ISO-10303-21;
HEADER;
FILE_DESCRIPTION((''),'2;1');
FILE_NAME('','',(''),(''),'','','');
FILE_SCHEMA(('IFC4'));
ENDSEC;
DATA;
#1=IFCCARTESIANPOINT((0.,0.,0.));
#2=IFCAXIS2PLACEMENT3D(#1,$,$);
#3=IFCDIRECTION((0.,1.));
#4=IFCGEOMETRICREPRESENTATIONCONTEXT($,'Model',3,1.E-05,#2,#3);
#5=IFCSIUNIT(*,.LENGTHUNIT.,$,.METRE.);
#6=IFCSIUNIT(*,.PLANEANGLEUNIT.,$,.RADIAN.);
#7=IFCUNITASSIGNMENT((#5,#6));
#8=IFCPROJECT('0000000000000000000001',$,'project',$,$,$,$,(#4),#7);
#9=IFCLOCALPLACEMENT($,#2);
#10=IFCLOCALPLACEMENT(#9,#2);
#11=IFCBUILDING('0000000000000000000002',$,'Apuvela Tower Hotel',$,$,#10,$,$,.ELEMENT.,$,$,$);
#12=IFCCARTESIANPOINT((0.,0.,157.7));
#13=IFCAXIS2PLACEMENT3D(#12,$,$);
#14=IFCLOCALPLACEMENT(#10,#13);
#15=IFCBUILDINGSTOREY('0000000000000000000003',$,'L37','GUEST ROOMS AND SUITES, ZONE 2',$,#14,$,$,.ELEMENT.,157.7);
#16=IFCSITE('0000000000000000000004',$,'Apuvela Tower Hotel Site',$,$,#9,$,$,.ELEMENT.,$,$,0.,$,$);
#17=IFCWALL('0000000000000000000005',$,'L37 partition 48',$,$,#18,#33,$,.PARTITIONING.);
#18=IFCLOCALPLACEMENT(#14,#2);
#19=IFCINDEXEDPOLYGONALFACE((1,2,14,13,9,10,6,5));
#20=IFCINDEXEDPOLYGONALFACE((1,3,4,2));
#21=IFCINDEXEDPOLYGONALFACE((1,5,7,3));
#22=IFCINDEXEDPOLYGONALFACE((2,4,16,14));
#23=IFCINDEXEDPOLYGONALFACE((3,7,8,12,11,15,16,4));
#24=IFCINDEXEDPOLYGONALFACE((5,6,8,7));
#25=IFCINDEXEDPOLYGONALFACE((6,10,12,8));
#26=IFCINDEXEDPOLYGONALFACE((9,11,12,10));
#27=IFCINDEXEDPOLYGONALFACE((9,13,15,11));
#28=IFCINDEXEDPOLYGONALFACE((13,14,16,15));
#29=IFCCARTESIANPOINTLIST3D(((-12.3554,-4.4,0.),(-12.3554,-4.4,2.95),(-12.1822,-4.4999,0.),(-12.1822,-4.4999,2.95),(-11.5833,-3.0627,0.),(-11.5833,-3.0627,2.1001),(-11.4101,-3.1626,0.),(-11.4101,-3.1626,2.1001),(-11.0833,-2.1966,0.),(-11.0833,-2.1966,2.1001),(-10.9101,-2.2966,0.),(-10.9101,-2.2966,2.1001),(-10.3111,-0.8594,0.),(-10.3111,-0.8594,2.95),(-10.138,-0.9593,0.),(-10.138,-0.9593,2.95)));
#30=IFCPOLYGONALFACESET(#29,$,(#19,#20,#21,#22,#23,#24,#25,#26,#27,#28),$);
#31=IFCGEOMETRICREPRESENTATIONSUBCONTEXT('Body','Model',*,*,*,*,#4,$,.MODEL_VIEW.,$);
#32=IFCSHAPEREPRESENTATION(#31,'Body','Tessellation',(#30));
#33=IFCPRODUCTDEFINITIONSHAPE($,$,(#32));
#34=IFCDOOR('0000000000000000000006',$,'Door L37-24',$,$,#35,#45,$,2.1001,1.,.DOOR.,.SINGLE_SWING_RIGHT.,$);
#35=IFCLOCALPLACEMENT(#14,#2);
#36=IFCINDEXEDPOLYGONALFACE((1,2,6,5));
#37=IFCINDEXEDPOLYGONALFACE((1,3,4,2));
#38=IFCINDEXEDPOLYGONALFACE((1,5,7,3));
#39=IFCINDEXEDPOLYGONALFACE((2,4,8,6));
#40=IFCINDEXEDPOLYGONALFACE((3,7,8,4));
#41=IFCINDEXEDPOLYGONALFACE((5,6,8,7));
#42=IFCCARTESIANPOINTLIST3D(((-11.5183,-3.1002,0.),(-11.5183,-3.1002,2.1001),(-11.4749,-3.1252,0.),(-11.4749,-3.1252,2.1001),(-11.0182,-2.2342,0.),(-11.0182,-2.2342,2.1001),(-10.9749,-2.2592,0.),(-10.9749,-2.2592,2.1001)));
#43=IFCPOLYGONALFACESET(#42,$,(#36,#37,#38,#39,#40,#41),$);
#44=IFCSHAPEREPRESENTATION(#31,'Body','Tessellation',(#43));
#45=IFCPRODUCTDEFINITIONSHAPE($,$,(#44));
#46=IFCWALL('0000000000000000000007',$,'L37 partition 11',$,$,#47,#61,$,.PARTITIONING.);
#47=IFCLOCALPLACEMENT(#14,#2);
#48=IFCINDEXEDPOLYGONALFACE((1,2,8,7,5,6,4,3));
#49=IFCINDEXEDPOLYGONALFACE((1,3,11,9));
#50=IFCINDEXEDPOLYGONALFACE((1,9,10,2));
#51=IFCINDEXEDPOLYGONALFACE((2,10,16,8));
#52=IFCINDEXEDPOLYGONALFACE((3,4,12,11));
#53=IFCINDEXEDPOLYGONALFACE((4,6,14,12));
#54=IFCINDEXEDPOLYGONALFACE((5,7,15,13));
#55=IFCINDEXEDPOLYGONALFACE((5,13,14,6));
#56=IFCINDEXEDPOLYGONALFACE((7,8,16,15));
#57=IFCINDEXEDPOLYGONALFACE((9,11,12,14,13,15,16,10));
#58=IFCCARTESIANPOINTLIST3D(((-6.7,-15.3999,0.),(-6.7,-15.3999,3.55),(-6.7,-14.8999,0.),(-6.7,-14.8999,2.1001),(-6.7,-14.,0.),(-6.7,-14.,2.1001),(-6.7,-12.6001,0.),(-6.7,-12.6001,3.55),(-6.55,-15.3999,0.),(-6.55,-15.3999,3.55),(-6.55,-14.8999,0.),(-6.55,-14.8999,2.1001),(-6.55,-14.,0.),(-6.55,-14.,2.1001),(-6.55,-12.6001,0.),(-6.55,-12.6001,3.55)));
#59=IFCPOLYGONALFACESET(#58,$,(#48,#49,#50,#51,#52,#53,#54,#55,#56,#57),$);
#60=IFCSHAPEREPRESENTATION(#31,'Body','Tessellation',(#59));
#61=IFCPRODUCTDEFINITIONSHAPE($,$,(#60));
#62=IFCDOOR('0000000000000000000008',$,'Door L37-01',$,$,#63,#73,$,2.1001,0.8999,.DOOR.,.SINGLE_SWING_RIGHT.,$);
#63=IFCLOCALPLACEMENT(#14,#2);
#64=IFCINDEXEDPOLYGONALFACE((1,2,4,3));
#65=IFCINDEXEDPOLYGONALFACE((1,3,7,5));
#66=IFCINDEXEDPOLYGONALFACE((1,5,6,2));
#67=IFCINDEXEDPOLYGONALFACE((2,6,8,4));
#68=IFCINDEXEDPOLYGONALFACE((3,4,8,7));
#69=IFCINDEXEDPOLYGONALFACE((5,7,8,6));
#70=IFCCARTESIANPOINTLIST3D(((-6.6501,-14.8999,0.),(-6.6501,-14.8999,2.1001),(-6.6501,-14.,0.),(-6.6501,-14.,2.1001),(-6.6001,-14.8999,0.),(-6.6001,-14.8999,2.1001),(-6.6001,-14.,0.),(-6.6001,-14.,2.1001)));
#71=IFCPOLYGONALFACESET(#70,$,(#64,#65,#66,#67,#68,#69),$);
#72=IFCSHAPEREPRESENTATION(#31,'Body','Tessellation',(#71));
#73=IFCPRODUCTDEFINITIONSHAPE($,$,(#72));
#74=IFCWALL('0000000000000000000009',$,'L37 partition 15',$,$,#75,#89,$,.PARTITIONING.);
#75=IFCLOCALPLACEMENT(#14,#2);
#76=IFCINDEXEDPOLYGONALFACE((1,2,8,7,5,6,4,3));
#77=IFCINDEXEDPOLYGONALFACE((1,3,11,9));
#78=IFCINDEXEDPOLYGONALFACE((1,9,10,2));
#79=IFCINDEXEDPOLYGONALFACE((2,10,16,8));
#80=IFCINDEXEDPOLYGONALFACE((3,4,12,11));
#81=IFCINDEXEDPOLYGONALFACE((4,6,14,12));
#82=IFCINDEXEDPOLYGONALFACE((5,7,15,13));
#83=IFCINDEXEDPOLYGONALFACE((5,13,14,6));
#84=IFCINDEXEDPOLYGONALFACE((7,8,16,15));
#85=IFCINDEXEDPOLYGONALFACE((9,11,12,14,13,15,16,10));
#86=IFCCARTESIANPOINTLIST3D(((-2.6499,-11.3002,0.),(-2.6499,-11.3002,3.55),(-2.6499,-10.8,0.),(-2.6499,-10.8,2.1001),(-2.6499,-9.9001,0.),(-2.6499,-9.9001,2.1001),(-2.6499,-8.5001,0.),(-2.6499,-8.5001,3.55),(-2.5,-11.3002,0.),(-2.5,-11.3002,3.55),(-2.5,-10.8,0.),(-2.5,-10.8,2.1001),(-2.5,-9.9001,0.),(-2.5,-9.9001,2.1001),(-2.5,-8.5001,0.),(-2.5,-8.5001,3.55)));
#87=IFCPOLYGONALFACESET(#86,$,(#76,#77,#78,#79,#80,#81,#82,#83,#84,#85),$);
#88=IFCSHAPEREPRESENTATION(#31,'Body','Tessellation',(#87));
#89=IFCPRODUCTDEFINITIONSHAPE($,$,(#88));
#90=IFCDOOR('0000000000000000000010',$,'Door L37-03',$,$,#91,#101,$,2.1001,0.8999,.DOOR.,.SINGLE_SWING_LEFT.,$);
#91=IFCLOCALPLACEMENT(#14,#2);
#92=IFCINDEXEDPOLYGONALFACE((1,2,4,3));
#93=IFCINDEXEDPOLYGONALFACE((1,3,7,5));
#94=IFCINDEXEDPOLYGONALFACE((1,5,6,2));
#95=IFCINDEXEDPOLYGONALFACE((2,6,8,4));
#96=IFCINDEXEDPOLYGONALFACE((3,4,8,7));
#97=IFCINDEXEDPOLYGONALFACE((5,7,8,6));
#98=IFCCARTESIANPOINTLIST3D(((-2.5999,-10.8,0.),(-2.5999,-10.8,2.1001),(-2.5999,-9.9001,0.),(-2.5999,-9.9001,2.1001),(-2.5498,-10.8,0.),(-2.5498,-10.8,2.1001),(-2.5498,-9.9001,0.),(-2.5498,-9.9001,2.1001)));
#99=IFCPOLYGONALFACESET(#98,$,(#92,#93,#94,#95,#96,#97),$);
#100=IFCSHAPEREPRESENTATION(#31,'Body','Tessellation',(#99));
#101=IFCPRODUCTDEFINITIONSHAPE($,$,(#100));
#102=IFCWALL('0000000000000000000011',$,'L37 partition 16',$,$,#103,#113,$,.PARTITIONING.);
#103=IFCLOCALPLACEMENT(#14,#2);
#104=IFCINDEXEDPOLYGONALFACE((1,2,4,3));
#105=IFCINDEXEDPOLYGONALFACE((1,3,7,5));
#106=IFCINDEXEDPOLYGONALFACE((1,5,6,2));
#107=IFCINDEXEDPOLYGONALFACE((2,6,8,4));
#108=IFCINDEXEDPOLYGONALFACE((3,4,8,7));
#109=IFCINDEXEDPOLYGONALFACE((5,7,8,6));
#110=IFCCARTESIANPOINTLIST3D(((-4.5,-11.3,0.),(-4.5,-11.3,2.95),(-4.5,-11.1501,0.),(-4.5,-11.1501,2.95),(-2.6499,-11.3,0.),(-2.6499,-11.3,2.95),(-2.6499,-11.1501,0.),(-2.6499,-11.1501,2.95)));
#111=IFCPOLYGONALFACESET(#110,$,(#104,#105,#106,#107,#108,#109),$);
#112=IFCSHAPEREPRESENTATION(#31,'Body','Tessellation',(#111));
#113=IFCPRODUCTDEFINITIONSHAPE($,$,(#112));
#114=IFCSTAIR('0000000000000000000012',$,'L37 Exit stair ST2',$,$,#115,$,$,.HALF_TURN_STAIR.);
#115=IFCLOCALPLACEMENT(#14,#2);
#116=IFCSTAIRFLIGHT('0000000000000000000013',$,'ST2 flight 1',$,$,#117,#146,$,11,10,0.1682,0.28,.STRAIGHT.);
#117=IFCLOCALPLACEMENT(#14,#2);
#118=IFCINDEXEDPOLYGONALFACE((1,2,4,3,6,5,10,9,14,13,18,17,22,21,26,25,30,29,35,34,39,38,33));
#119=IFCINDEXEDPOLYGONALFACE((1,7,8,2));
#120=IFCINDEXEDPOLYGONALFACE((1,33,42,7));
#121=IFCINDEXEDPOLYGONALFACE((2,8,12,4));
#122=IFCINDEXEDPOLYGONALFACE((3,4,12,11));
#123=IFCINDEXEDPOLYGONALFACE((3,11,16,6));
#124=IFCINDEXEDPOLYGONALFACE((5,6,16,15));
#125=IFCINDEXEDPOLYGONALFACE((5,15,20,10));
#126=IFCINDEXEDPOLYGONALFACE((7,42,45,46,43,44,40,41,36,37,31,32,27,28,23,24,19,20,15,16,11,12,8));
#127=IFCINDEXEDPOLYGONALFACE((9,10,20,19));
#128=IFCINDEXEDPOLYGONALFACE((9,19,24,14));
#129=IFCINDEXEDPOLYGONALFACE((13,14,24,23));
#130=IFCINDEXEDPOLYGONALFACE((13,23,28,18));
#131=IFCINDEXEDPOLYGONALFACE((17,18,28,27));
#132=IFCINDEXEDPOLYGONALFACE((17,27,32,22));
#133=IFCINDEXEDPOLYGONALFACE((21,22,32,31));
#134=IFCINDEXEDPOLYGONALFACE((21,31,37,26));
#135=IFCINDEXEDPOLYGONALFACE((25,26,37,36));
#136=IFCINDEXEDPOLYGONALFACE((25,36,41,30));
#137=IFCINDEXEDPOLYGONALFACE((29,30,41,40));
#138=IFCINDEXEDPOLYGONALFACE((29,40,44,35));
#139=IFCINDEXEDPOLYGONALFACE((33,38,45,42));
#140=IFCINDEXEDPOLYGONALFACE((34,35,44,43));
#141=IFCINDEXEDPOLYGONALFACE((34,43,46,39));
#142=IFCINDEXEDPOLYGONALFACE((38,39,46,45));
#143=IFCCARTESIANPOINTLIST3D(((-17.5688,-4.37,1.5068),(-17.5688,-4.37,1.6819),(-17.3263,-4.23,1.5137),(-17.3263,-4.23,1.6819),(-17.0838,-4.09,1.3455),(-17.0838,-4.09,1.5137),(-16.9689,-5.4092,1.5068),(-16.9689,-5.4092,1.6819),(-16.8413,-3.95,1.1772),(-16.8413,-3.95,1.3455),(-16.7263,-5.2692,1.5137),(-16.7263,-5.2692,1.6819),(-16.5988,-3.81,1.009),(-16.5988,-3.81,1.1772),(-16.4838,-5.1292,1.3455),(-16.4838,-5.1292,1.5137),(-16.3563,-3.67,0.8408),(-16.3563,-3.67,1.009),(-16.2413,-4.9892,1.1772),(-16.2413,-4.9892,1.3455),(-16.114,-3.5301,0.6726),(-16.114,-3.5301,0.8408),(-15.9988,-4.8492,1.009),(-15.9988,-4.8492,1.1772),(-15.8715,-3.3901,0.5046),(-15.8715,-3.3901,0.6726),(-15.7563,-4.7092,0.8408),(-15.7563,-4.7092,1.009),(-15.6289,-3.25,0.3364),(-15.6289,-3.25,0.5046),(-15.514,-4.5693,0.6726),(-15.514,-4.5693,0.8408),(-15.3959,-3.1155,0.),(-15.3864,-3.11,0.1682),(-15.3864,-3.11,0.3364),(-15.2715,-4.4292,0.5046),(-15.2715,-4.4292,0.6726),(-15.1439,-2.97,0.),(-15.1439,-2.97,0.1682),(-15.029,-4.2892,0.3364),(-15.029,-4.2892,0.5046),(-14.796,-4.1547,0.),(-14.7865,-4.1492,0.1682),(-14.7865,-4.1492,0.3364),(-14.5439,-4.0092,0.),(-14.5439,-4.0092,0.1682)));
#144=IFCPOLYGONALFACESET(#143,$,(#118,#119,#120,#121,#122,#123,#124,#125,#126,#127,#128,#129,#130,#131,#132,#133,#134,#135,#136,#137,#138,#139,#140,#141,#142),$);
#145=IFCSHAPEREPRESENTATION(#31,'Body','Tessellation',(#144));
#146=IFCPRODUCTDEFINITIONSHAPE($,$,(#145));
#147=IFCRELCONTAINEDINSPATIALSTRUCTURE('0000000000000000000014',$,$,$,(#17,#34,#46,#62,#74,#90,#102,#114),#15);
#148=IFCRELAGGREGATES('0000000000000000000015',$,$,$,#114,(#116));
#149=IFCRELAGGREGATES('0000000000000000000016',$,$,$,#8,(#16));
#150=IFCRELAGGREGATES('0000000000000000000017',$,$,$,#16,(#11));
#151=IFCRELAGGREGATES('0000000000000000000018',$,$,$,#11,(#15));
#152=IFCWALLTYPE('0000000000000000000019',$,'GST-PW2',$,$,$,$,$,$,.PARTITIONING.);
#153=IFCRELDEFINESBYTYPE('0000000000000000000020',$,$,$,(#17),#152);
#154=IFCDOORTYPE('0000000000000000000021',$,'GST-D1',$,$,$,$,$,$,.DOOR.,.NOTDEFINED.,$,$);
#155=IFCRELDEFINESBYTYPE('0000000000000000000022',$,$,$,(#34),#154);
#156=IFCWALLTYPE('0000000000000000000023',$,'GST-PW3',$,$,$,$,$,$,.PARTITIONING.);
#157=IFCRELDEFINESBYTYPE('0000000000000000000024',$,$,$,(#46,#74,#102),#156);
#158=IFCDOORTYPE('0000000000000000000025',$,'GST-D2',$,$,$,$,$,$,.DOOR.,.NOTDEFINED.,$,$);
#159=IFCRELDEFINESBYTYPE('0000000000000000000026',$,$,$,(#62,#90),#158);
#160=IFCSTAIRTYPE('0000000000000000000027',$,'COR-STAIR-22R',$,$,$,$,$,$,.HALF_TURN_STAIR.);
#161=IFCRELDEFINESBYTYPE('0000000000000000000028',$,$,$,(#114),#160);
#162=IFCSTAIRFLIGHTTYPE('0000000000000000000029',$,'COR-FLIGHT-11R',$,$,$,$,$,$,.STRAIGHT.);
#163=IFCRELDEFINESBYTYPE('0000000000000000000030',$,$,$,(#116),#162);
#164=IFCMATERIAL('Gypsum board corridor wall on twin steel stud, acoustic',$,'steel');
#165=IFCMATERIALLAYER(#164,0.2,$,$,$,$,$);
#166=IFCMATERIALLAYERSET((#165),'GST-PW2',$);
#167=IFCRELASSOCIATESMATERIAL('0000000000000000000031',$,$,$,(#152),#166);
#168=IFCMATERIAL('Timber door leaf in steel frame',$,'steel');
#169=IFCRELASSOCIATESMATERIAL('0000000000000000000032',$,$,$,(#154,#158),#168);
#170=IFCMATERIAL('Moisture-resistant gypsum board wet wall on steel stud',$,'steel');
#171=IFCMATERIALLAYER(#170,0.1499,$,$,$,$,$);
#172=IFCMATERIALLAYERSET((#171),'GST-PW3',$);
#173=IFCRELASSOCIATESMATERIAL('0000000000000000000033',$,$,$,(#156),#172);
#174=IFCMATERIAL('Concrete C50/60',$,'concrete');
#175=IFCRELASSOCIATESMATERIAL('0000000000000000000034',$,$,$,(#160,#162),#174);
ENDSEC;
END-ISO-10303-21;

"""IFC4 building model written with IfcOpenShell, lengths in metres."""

from ifc_helpers import new_model, si_unit, direction, frame, frame_2d, origin, place, context, subcontext, project, spatial, polyline, rectangle, outline, extrude, material, layer, layer_set, type_object, element, fill, aggregate, save


model = new_model("IFC4")

# Units and contexts
model_context = context("Model", 3, precision=1e-05, world=origin(), true_north=direction((0.0, 1.0)))
body_context = subcontext(model_context, "Body", "Model", "MODEL_VIEW")
ifc_project = project(units=[si_unit("LENGTHUNIT", "METRE"), si_unit("PLANEANGLEUNIT", "RADIAN")], contexts=[model_context])

# Site, building, storey
site_placement = place(None, origin())
site = spatial("IfcSite", under=ifc_project, at=site_placement, Name="Apuvela Tower Hotel Site", CompositionType="ELEMENT", RefElevation=0.0)
building_placement = place(site_placement, origin())
building = spatial("IfcBuilding", under=site, at=building_placement, Name="Apuvela Tower Hotel", CompositionType="ELEMENT")
storey_placement = place(building_placement, frame((0.0, 0.0, 157.7)))
storey = spatial("IfcBuildingStorey", under=building, at=storey_placement, Name="L37", Description="GUEST ROOMS AND SUITES, ZONE 2", CompositionType="ELEMENT", Elevation=157.7)

# Shared definitions
ifc_material_1 = material(Name="Concrete C50/60", Category="concrete")

# Walls, openings, doors
ifc_material_2 = material(Name="Gypsum board corridor wall on twin steel stud, acoustic", Category="steel")
ifc_layer_1 = layer(ifc_material_2, 0.2)
ifc_layer_set_1 = layer_set([ifc_layer_1], Name="GST-PW2")
wall_type_1 = type_object("IfcWallType", Name="GST-PW2", PredefinedType="PARTITIONING", material=ifc_layer_set_1)
ifc_material_3 = material(Name="Timber door leaf in steel frame", Category="steel")
door_type_1 = type_object("IfcDoorType", Name="GST-D1", OperationType="NOTDEFINED", PredefinedType="DOOR", material=ifc_material_3)
wall_1_placement = place(storey_placement, frame((-12.2688, -4.45, 0.0), z_axis=(0.0, 0.0, 1.0), x_axis=(0.500012, 0.866019, 0.0)))
wall_1 = element("IfcWall", 1, at=wall_1_placement, inside=storey, type_object=wall_type_1, Name="L37 partition 48", PredefinedType="PARTITIONING", context=body_context, shape_type="SweptSolid", body=[
    extrude(rectangle(XDim=4.0884, YDim=0.2, at=frame_2d((2.0442, 0.0))), origin(), (0.0, 0.0, 1.0), 2.95),
])
opening_1_placement = place(wall_1_placement, frame((1.5442, 0.0, 0.0)))
opening_1 = element("IfcOpeningElement", 2, at=opening_1_placement, cuts=wall_1, PredefinedType="OPENING", context=body_context, shape_type="SweptSolid", body=[
    extrude(rectangle(XDim=1.0, YDim=2.1001, at=frame_2d((0.5, 1.05))), frame((0.0, 0.1099, 0.0), z_axis=(0.0, -1.0, 0.0), x_axis=(1.0, 0.0, 0.0)), (0.0, 0.0, 1.0), 0.22),
])
door_1_placement = place(opening_1_placement, origin())
door_1 = element("IfcDoor", 3, at=door_1_placement, inside=storey, type_object=door_type_1, Name="Door L37-24", OperationType="SINGLE_SWING_RIGHT", OverallHeight=2.1001, OverallWidth=1.0, PredefinedType="DOOR", context=body_context, shape_type="SweptSolid", body=[
    extrude(rectangle(XDim=1.0, YDim=2.1001, at=frame_2d((0.5, 1.05))), frame((0.0, 0.0249, 0.0), z_axis=(0.0, -1.0, 0.0), x_axis=(1.0, 0.0, 0.0)), (0.0, 0.0, 1.0), 0.05),
])
fill(opening_1, door_1)
ifc_material_4 = material(Name="Moisture-resistant gypsum board wet wall on steel stud", Category="steel")
ifc_layer_2 = layer(ifc_material_4, 0.1499)
ifc_layer_set_2 = layer_set([ifc_layer_2], Name="GST-PW3")
wall_type_2 = type_object("IfcWallType", Name="GST-PW3", PredefinedType="PARTITIONING", material=ifc_layer_set_2)
wall_2_placement = place(storey_placement, frame((-6.625, -12.6001, 0.0), z_axis=(0.0, 0.0, 1.0), x_axis=(0.0, -1.0, 0.0)))
wall_2 = element("IfcWall", 4, at=wall_2_placement, inside=storey, type_object=wall_type_2, Name="L37 partition 11", PredefinedType="PARTITIONING", context=body_context, shape_type="SweptSolid", body=[
    extrude(rectangle(XDim=2.7998, YDim=0.1499, at=frame_2d((1.3999, 0.0))), origin(), (0.0, 0.0, 1.0), 3.55),
])
opening_2_placement = place(wall_2_placement, frame((1.3999, 0.0, 0.0)))
opening_2 = element("IfcOpeningElement", 5, at=opening_2_placement, cuts=wall_2, PredefinedType="OPENING", context=body_context, shape_type="SweptSolid", body=[
    extrude(rectangle(XDim=0.8999, YDim=2.1001, at=frame_2d((0.45, 1.05))), frame((0.0, 0.085, 0.0), z_axis=(0.0, -1.0, 0.0), x_axis=(1.0, 0.0, 0.0)), (0.0, 0.0, 1.0), 0.1699),
])
door_type_2 = type_object("IfcDoorType", Name="GST-D2", OperationType="NOTDEFINED", PredefinedType="DOOR", material=ifc_material_3)
door_2_placement = place(opening_2_placement, origin())
door_2 = element("IfcDoor", 6, at=door_2_placement, inside=storey, type_object=door_type_2, Name="Door L37-01", OperationType="SINGLE_SWING_RIGHT", OverallHeight=2.1001, OverallWidth=0.8999, PredefinedType="DOOR", context=body_context, shape_type="SweptSolid", body=[
    extrude(rectangle(XDim=0.8999, YDim=2.1001, at=frame_2d((0.45, 1.05))), frame((0.0, 0.0249, 0.0), z_axis=(0.0, -1.0, 0.0), x_axis=(1.0, 0.0, 0.0)), (0.0, 0.0, 1.0), 0.05),
])
fill(opening_2, door_2)
wall_3_placement = place(storey_placement, frame((-2.575, -11.3, 0.0), z_axis=(0.0, 0.0, 1.0), x_axis=(0.0, 1.0, 0.0)))
wall_3 = element("IfcWall", 7, at=wall_3_placement, inside=storey, type_object=wall_type_2, Name="L37 partition 15", PredefinedType="PARTITIONING", context=body_context, shape_type="SweptSolid", body=[
    extrude(rectangle(XDim=2.8, YDim=0.1499, at=frame_2d((1.3999, 0.0))), origin(), (0.0, 0.0, 1.0), 3.55),
])
opening_3_placement = place(wall_3_placement, frame((0.5, 0.0, 0.0)))
opening_3 = element("IfcOpeningElement", 8, at=opening_3_placement, cuts=wall_3, PredefinedType="OPENING", context=body_context, shape_type="SweptSolid", body=[
    extrude(rectangle(XDim=0.8999, YDim=2.1001, at=frame_2d((0.45, 1.05))), frame((0.0, 0.085, 0.0), z_axis=(0.0, -1.0, 0.0), x_axis=(1.0, 0.0, 0.0)), (0.0, 0.0, 1.0), 0.1699),
])
door_3_placement = place(opening_3_placement, origin())
door_3 = element("IfcDoor", 9, at=door_3_placement, inside=storey, type_object=door_type_2, Name="Door L37-03", OperationType="SINGLE_SWING_LEFT", OverallHeight=2.1001, OverallWidth=0.8999, PredefinedType="DOOR", context=body_context, shape_type="SweptSolid", body=[
    extrude(rectangle(XDim=0.8999, YDim=2.1001, at=frame_2d((0.45, 1.05))), frame((0.0, 0.0249, 0.0), z_axis=(0.0, -1.0, 0.0), x_axis=(1.0, 0.0, 0.0)), (0.0, 0.0, 1.0), 0.05),
])
fill(opening_3, door_3)

# Wall
wall_4_placement = place(storey_placement, frame((-4.5, -11.2251, 0.0), z_axis=(0.0, 0.0, 1.0), x_axis=(1.0, 0.0, 0.0)))
element("IfcWall", 10, at=wall_4_placement, inside=storey, type_object=wall_type_2, Name="L37 partition 16", PredefinedType="PARTITIONING", context=body_context, shape_type="SweptSolid", body=[
    extrude(rectangle(XDim=1.8501, YDim=0.1499, at=frame_2d((0.925, 0.0))), origin(), (0.0, 0.0, 1.0), 2.95),
])

# Stair, stair flight
stair_type = type_object("IfcStairType", Name="COR-STAIR-22R", PredefinedType="HALF_TURN_STAIR", material=ifc_material_1)
stair_placement = place(storey_placement, origin())
stair = element("IfcStair", 11, at=stair_placement, inside=storey, type_object=stair_type, Name="L37 Exit stair ST2", PredefinedType="HALF_TURN_STAIR")
stair_flight_type = type_object("IfcStairFlightType", Name="COR-FLIGHT-11R", PredefinedType="STRAIGHT", material=ifc_material_1)
stair_flight_placement = place(storey_placement, frame((-14.844, -3.4895, 0.0), z_axis=(0.0, 0.0, 1.0), x_axis=(-0.866025, -0.5, 0.0)))
stair_flight = element("IfcStairFlight", 12, at=stair_flight_placement, type_object=stair_flight_type, Name="ST2 flight 1", NumberOfRisers=11, NumberOfTreads=10, PredefinedType="STRAIGHT", RiserHeight=0.1682, TreadLength=0.28, context=body_context, shape_type="SweptSolid", body=[
    extrude(outline(polyline([(0.0, 0.0), (0.0, 0.1682), (0.28, 0.1682), (0.28, 0.3364), (0.5601, 0.3364), (0.5601, 0.5046), (0.8401, 0.5046), (0.8401, 0.6726), (1.1201, 0.6726), (1.1201, 0.8408), (1.3999, 0.8408), (1.3999, 1.009), (1.6799, 1.009), (1.6799, 1.1772), (1.96, 1.1772), (1.96, 1.3455), (2.24, 1.3455), (2.24, 1.5137), (2.52, 1.5137), (2.52, 1.6819), (2.8, 1.6819), (2.8, 1.8501), (2.8, 1.5068), (0.291, 0.0), (0.0, 0.0)])), frame((0.0, 0.6001, 0.0), z_axis=(0.0, -1.0, 0.0), x_axis=(1.0, 0.0, 0.0)), (0.0, 0.0, 1.0), 1.2),
])
aggregate(stair, [stair_flight])

save(model, "model.ifc")
